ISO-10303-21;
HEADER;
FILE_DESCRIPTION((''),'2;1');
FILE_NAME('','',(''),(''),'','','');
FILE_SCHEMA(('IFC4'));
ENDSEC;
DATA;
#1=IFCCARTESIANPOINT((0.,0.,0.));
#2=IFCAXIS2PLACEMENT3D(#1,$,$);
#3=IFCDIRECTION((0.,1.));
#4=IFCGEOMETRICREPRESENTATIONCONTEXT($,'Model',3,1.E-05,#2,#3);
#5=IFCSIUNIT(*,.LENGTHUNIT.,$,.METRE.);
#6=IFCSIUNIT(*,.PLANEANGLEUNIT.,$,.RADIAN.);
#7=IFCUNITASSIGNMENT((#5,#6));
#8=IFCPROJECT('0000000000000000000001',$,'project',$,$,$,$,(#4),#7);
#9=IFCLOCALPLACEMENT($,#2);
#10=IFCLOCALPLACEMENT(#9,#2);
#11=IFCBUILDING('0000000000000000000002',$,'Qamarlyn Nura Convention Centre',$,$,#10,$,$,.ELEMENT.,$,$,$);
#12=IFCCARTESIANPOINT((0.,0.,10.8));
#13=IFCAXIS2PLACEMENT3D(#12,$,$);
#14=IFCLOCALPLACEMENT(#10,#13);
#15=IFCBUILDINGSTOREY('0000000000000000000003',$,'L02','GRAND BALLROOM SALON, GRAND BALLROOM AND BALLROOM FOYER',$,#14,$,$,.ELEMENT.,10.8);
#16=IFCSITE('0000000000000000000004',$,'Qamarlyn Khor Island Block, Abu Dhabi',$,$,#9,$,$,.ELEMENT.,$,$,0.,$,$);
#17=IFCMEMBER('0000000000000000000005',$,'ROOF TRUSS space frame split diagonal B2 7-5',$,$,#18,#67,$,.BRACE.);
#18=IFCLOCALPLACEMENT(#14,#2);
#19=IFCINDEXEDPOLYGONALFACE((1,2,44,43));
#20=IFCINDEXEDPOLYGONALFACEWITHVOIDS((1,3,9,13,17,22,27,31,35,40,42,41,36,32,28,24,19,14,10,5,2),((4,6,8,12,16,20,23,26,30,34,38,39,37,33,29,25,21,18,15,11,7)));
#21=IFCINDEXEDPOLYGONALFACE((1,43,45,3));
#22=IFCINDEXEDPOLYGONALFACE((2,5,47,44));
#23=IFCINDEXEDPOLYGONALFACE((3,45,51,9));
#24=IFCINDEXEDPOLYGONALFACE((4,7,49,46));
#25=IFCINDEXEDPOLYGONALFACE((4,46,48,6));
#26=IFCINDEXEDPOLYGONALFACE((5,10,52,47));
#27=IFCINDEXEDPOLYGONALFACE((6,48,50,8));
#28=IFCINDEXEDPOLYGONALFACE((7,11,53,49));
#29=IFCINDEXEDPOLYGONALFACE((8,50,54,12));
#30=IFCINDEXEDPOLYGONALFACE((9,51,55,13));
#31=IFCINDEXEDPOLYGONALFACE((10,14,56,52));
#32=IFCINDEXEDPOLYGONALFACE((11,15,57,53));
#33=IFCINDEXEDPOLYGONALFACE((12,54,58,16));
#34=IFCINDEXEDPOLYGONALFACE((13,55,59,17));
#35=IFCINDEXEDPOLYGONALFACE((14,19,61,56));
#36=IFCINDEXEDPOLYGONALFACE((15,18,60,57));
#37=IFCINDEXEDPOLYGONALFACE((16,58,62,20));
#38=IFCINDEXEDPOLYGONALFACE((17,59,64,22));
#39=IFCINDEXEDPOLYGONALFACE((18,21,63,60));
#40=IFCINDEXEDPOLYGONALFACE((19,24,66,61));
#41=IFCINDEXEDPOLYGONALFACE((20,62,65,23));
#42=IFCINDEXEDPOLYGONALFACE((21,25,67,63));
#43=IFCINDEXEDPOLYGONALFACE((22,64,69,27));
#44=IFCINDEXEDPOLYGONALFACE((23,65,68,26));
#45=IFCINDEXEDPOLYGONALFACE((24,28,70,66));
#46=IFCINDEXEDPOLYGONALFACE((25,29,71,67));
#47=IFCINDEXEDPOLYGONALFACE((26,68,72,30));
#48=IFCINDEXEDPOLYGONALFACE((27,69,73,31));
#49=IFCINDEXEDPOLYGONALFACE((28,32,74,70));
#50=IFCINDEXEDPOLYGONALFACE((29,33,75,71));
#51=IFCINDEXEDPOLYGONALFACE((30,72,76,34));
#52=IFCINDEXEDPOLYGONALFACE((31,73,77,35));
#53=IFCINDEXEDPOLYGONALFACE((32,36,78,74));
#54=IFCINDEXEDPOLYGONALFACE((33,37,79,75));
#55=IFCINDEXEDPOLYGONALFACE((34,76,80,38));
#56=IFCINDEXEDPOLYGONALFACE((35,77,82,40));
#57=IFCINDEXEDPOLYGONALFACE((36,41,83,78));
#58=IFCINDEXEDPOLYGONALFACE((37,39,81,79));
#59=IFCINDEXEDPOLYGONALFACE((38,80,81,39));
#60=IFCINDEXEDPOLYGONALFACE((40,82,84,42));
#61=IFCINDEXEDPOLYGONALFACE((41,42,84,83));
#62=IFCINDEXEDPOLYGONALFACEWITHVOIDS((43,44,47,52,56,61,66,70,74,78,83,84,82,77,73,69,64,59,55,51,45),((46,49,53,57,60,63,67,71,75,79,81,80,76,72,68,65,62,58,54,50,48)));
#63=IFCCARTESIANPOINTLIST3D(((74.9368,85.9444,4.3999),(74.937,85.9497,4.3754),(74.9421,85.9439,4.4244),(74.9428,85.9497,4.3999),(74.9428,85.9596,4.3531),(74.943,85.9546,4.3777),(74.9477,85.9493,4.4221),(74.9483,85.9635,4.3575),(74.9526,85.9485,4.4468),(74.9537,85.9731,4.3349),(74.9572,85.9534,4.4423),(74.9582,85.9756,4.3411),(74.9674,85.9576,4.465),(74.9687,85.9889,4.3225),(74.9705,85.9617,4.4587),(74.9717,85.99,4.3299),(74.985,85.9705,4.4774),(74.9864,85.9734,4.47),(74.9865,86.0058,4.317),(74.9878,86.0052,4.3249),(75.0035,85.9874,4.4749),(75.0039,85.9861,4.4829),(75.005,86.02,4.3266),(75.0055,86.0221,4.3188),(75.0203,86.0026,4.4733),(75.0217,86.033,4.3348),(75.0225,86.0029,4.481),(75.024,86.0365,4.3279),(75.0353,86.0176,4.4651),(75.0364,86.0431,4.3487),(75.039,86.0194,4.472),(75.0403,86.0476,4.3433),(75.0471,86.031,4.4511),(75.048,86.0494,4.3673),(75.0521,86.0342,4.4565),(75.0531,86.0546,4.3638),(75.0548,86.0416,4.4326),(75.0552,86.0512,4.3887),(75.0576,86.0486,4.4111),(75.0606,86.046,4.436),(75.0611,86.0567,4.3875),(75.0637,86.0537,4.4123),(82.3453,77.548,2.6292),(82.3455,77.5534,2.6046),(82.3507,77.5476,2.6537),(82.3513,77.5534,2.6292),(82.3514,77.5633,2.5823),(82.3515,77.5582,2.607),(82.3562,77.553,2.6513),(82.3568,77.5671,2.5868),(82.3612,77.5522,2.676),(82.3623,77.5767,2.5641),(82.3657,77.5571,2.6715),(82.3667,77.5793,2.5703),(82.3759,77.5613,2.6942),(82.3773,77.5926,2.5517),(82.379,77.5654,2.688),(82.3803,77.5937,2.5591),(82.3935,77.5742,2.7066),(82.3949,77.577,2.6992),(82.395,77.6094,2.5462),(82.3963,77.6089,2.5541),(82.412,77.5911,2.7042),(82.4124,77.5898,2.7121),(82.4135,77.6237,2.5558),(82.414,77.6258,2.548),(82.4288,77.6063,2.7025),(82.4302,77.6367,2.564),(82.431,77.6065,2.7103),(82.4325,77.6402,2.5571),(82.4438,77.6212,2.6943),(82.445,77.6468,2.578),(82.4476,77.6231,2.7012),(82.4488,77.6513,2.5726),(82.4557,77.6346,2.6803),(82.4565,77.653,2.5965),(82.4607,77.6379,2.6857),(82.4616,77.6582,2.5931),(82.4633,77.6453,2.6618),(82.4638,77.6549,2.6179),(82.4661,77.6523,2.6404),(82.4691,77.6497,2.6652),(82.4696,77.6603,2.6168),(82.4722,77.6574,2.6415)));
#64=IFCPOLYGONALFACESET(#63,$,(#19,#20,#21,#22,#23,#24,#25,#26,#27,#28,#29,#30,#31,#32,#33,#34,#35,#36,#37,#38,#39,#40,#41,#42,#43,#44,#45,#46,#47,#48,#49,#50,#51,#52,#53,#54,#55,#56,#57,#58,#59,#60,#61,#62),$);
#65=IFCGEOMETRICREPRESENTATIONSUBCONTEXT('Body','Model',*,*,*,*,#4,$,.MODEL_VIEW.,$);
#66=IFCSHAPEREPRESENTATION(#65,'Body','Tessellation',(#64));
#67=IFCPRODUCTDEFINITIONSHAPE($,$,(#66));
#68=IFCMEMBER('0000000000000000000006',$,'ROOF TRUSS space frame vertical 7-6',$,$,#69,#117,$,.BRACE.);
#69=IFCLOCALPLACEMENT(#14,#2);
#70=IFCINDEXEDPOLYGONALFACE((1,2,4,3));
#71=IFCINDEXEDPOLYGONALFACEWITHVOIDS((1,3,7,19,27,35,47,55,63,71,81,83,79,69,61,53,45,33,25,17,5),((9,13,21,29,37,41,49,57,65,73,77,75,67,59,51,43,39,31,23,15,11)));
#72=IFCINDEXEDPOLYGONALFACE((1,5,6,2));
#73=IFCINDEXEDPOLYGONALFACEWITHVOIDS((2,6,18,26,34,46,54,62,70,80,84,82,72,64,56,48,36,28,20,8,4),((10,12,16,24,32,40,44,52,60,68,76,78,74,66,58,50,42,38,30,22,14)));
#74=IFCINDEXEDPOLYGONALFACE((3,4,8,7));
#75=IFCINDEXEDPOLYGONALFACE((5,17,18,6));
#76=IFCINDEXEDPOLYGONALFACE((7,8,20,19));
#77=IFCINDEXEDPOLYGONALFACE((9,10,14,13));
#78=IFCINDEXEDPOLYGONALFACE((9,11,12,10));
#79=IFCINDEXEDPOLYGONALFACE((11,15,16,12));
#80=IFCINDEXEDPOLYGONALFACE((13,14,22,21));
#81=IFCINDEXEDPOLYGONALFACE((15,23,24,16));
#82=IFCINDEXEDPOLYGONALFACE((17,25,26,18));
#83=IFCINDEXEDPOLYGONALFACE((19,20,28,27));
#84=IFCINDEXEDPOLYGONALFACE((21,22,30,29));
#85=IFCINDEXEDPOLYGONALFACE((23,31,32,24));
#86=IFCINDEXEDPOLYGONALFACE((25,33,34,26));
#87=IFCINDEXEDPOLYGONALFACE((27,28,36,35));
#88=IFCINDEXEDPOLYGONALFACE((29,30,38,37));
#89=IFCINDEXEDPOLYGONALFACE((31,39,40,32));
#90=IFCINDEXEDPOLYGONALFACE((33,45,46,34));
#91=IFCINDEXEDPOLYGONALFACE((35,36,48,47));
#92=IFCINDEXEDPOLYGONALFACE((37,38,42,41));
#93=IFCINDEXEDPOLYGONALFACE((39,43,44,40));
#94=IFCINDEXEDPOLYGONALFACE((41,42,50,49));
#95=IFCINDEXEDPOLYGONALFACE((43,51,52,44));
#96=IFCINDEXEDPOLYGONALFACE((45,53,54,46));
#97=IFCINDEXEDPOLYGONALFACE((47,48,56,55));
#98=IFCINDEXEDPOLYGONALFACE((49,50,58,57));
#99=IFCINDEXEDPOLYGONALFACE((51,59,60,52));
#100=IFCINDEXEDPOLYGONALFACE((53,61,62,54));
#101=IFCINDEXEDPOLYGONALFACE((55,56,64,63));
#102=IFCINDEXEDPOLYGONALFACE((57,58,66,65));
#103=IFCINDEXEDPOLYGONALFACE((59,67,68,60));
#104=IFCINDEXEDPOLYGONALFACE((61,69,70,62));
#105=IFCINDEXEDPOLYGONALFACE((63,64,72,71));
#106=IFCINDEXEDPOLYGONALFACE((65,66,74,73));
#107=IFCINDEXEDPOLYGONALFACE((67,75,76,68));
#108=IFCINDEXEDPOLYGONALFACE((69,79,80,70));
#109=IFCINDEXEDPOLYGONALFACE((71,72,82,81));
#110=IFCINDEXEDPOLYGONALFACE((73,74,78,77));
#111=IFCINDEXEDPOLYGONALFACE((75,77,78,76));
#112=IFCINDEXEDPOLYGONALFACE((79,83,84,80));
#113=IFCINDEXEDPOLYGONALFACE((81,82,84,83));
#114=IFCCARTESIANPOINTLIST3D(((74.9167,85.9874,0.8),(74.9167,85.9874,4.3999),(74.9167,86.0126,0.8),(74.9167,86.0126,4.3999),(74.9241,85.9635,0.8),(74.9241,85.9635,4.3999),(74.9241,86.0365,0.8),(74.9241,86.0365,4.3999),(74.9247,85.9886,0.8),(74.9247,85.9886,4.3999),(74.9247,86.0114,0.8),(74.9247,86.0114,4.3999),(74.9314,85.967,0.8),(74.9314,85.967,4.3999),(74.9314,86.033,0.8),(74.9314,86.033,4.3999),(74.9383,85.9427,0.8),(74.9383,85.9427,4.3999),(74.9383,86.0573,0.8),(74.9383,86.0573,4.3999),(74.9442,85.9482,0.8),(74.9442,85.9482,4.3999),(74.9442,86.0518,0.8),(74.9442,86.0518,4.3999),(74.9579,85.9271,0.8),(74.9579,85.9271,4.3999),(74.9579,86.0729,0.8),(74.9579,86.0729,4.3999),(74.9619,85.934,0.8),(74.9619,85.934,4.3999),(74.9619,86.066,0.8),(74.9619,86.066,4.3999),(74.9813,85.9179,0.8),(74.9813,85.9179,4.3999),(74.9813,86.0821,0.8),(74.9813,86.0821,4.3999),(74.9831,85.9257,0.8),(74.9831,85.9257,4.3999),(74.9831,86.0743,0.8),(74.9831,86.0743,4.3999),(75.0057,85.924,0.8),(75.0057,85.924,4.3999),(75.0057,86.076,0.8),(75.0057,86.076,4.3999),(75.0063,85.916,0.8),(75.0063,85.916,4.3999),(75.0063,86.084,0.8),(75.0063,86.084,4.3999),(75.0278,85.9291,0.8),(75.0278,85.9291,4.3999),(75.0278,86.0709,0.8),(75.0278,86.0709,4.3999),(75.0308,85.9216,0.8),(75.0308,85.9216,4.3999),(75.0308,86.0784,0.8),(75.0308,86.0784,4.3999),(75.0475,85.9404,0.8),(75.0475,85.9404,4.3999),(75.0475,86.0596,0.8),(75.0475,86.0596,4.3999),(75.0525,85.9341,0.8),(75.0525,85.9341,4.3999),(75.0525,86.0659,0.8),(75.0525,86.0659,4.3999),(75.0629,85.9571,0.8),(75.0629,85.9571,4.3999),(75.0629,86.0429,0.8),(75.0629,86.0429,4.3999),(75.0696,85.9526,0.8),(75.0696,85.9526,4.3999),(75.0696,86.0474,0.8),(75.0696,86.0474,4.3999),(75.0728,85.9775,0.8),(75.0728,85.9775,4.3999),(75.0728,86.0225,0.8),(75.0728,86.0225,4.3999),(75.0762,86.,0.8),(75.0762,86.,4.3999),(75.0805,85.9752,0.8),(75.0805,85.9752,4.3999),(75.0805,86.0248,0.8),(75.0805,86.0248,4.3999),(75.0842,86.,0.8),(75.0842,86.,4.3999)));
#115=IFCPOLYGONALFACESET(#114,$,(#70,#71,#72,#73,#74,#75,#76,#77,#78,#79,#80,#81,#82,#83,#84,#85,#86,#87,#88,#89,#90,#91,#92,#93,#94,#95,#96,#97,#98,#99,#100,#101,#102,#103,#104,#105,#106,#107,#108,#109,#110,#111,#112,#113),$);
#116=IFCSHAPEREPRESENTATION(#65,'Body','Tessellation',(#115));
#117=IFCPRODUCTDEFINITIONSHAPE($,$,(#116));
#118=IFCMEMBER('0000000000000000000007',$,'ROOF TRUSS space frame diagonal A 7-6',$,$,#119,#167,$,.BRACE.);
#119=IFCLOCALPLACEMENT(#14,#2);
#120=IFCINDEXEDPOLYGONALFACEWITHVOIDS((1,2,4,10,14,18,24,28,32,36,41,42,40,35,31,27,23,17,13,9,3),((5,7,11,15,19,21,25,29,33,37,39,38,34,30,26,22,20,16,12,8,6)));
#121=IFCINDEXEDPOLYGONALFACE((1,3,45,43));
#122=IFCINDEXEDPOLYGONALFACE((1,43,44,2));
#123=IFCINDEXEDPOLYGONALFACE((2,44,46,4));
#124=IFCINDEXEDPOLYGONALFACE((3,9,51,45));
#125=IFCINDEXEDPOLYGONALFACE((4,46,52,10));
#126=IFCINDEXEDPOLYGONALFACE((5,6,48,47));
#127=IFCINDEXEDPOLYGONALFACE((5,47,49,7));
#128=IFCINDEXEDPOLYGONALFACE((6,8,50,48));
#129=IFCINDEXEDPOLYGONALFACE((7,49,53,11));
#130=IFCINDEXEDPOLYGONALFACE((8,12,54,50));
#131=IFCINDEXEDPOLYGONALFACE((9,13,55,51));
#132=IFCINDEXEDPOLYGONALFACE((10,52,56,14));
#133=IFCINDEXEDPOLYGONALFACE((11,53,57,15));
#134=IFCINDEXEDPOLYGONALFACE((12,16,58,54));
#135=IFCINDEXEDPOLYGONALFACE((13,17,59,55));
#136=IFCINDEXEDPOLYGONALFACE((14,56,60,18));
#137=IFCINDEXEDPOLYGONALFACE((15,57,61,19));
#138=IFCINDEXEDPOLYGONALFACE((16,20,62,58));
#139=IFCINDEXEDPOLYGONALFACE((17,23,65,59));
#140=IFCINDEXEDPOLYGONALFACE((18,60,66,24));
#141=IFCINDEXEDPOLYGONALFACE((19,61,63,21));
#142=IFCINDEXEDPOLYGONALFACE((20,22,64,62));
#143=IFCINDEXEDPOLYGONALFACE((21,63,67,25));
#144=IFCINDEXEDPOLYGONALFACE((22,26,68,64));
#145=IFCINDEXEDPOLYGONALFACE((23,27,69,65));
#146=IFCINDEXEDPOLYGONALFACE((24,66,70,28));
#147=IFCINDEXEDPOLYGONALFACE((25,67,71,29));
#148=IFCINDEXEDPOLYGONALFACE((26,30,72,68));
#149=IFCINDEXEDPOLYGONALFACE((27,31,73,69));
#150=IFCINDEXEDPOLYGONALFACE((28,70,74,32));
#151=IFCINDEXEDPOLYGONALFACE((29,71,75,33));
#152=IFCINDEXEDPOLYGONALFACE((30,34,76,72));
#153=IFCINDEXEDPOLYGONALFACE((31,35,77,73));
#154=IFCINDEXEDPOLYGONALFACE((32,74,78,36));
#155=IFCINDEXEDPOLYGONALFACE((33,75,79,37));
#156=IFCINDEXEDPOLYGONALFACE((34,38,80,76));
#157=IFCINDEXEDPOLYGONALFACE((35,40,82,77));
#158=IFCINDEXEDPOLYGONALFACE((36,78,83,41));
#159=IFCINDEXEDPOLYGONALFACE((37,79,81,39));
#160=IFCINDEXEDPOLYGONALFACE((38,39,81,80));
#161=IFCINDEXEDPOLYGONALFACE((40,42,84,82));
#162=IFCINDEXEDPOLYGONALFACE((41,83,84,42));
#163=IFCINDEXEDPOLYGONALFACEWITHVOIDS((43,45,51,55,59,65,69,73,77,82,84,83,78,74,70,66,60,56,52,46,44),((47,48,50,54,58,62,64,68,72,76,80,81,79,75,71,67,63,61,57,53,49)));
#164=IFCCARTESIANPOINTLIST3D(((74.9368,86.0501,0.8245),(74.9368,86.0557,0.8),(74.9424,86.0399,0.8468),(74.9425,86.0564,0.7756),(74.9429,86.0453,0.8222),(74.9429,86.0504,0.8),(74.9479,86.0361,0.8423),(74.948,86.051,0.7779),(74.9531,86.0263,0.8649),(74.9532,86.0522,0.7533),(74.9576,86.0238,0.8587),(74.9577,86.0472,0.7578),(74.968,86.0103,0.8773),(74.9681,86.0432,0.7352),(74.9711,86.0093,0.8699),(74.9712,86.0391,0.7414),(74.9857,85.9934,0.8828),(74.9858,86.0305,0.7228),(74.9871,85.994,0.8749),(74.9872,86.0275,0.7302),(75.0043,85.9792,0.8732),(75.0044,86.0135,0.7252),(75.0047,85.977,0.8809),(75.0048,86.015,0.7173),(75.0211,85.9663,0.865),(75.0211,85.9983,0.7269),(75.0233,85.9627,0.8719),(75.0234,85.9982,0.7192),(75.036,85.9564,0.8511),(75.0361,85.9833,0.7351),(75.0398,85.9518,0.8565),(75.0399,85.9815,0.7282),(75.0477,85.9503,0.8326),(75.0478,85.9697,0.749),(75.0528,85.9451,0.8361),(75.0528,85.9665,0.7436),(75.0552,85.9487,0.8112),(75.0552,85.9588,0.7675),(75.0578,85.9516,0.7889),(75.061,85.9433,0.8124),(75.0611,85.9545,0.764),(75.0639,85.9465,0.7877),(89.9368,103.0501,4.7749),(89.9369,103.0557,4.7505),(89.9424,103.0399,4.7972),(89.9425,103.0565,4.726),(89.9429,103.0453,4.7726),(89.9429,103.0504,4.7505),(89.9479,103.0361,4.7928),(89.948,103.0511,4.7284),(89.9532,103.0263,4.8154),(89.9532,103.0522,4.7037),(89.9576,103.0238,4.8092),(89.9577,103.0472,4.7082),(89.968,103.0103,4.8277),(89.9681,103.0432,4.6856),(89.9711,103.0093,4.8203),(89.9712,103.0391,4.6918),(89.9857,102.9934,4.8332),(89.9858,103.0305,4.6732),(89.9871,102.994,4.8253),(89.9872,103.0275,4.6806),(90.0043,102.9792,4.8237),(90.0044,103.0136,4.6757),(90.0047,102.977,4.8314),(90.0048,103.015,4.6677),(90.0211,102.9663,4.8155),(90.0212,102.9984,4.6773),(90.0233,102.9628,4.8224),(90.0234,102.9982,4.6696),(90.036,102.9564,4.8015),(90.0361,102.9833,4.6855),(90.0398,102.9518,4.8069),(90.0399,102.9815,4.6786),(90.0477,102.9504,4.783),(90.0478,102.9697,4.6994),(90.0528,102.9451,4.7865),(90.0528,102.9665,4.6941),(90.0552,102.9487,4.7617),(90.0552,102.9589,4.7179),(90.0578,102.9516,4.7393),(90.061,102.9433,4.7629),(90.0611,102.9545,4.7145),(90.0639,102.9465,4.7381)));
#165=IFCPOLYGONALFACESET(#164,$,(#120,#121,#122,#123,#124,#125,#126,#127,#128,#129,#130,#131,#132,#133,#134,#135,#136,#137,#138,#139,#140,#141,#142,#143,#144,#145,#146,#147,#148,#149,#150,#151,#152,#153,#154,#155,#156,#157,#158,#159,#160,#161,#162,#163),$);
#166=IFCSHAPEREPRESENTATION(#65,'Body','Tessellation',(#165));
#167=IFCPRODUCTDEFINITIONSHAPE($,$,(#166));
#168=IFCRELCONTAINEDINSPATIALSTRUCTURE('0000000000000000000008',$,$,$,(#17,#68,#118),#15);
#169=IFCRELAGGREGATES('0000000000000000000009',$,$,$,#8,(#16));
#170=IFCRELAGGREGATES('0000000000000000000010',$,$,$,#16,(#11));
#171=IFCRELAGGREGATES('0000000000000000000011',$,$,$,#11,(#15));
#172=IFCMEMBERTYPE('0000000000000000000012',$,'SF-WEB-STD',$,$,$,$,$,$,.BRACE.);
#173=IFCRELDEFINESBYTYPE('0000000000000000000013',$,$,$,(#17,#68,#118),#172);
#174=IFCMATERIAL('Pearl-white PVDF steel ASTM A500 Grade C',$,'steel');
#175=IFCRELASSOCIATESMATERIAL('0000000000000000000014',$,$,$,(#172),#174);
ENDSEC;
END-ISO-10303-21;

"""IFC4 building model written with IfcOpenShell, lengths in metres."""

from ifc_helpers import new_model, si_unit, direction, frame, origin, origin_2d, place, context, subcontext, project, spatial, hollow_circle, extrude, material, material_profile, profile_set, type_object, element, save


model = new_model("IFC4")

# Units and contexts
model_context = context("Model", 3, precision=1e-05, world=origin(), true_north=direction((0.0, 1.0)))
body_context = subcontext(model_context, "Body", "Model", "MODEL_VIEW")
ifc_project = project(units=[si_unit("LENGTHUNIT", "METRE"), si_unit("PLANEANGLEUNIT", "RADIAN")], contexts=[model_context])

# Site, building, storey
site_placement = place(None, origin())
site = spatial("IfcSite", under=ifc_project, at=site_placement, Name="Qamarlyn Khor Island Block, Abu Dhabi", CompositionType="ELEMENT", RefElevation=0.0)
building_placement = place(site_placement, origin())
building = spatial("IfcBuilding", under=site, at=building_placement, Name="Qamarlyn Nura Convention Centre", CompositionType="ELEMENT")
storey_placement = place(building_placement, frame((0.0, 0.0, 10.8)))
storey = spatial("IfcBuildingStorey", under=building, at=storey_placement, Name="L02", Description="GRAND BALLROOM SALON, GRAND BALLROOM AND BALLROOM FOYER", CompositionType="ELEMENT", Elevation=10.8)

# Members
ifc_material_1 = material(Name="Pearl-white PVDF steel ASTM A500 Grade C", Category="steel")
ifc_material_profile_1 = material_profile(ifc_material_1, hollow_circle(Radius=0.0842, WallThickness=0.0081, at=origin_2d()), Name="CHS168.3X8")
ifc_profile_set_1 = profile_set([ifc_material_profile_1], Name="Pearl-white PVDF steel ASTM A500 Grade C")
member_type_1 = type_object("IfcMemberType", Name="SF-WEB-STD", PredefinedType="BRACE", material=ifc_profile_set_1)
member_1_placement = place(storey_placement, frame((82.4084, 77.6038, 2.6292), z_axis=(-0.653501, 0.740634, 0.156198), x_axis=(-0.749838, -0.661622, 0.0)))
element("IfcMember", 1, at=member_1_placement, inside=storey, type_object=member_type_1, Name="ROOF TRUSS space frame split diagonal B2 7-5", PredefinedType="BRACE", context=body_context, shape_type="SweptSolid", body=[
    extrude(hollow_circle(Radius=0.0842, WallThickness=0.0081, at=origin_2d()), origin(), (0.0, 0.0, 1.0), 11.3367),
])
member_2_placement = place(storey_placement, frame((75.0, 86.0, 0.8), z_axis=(0.0, 0.0, 1.0), x_axis=(1.0, 0.0, 0.0)))
element("IfcMember", 2, at=member_2_placement, inside=storey, type_object=member_type_1, Name="ROOF TRUSS space frame vertical 7-6", PredefinedType="BRACE", context=body_context, shape_type="SweptSolid", body=[
    extrude(hollow_circle(Radius=0.0842, WallThickness=0.0081, at=origin_2d()), origin(), (0.0, 0.0, 1.0), 3.5999),
])
member_3_placement = place(storey_placement, frame((75.0, 86.0, 0.8), z_axis=(0.651801, 0.738707, 0.17166), x_axis=(-0.749838, 0.661622, 0.0)))
element("IfcMember", 3, at=member_3_placement, inside=storey, type_object=member_type_1, Name="ROOF TRUSS space frame diagonal A 7-6", PredefinedType="BRACE", context=body_context, shape_type="SweptSolid", body=[
    extrude(hollow_circle(Radius=0.0842, WallThickness=0.0081, at=origin_2d()), origin(), (0.0, 0.0, 1.0), 23.0132),
])

save(model, "model.ifc")
